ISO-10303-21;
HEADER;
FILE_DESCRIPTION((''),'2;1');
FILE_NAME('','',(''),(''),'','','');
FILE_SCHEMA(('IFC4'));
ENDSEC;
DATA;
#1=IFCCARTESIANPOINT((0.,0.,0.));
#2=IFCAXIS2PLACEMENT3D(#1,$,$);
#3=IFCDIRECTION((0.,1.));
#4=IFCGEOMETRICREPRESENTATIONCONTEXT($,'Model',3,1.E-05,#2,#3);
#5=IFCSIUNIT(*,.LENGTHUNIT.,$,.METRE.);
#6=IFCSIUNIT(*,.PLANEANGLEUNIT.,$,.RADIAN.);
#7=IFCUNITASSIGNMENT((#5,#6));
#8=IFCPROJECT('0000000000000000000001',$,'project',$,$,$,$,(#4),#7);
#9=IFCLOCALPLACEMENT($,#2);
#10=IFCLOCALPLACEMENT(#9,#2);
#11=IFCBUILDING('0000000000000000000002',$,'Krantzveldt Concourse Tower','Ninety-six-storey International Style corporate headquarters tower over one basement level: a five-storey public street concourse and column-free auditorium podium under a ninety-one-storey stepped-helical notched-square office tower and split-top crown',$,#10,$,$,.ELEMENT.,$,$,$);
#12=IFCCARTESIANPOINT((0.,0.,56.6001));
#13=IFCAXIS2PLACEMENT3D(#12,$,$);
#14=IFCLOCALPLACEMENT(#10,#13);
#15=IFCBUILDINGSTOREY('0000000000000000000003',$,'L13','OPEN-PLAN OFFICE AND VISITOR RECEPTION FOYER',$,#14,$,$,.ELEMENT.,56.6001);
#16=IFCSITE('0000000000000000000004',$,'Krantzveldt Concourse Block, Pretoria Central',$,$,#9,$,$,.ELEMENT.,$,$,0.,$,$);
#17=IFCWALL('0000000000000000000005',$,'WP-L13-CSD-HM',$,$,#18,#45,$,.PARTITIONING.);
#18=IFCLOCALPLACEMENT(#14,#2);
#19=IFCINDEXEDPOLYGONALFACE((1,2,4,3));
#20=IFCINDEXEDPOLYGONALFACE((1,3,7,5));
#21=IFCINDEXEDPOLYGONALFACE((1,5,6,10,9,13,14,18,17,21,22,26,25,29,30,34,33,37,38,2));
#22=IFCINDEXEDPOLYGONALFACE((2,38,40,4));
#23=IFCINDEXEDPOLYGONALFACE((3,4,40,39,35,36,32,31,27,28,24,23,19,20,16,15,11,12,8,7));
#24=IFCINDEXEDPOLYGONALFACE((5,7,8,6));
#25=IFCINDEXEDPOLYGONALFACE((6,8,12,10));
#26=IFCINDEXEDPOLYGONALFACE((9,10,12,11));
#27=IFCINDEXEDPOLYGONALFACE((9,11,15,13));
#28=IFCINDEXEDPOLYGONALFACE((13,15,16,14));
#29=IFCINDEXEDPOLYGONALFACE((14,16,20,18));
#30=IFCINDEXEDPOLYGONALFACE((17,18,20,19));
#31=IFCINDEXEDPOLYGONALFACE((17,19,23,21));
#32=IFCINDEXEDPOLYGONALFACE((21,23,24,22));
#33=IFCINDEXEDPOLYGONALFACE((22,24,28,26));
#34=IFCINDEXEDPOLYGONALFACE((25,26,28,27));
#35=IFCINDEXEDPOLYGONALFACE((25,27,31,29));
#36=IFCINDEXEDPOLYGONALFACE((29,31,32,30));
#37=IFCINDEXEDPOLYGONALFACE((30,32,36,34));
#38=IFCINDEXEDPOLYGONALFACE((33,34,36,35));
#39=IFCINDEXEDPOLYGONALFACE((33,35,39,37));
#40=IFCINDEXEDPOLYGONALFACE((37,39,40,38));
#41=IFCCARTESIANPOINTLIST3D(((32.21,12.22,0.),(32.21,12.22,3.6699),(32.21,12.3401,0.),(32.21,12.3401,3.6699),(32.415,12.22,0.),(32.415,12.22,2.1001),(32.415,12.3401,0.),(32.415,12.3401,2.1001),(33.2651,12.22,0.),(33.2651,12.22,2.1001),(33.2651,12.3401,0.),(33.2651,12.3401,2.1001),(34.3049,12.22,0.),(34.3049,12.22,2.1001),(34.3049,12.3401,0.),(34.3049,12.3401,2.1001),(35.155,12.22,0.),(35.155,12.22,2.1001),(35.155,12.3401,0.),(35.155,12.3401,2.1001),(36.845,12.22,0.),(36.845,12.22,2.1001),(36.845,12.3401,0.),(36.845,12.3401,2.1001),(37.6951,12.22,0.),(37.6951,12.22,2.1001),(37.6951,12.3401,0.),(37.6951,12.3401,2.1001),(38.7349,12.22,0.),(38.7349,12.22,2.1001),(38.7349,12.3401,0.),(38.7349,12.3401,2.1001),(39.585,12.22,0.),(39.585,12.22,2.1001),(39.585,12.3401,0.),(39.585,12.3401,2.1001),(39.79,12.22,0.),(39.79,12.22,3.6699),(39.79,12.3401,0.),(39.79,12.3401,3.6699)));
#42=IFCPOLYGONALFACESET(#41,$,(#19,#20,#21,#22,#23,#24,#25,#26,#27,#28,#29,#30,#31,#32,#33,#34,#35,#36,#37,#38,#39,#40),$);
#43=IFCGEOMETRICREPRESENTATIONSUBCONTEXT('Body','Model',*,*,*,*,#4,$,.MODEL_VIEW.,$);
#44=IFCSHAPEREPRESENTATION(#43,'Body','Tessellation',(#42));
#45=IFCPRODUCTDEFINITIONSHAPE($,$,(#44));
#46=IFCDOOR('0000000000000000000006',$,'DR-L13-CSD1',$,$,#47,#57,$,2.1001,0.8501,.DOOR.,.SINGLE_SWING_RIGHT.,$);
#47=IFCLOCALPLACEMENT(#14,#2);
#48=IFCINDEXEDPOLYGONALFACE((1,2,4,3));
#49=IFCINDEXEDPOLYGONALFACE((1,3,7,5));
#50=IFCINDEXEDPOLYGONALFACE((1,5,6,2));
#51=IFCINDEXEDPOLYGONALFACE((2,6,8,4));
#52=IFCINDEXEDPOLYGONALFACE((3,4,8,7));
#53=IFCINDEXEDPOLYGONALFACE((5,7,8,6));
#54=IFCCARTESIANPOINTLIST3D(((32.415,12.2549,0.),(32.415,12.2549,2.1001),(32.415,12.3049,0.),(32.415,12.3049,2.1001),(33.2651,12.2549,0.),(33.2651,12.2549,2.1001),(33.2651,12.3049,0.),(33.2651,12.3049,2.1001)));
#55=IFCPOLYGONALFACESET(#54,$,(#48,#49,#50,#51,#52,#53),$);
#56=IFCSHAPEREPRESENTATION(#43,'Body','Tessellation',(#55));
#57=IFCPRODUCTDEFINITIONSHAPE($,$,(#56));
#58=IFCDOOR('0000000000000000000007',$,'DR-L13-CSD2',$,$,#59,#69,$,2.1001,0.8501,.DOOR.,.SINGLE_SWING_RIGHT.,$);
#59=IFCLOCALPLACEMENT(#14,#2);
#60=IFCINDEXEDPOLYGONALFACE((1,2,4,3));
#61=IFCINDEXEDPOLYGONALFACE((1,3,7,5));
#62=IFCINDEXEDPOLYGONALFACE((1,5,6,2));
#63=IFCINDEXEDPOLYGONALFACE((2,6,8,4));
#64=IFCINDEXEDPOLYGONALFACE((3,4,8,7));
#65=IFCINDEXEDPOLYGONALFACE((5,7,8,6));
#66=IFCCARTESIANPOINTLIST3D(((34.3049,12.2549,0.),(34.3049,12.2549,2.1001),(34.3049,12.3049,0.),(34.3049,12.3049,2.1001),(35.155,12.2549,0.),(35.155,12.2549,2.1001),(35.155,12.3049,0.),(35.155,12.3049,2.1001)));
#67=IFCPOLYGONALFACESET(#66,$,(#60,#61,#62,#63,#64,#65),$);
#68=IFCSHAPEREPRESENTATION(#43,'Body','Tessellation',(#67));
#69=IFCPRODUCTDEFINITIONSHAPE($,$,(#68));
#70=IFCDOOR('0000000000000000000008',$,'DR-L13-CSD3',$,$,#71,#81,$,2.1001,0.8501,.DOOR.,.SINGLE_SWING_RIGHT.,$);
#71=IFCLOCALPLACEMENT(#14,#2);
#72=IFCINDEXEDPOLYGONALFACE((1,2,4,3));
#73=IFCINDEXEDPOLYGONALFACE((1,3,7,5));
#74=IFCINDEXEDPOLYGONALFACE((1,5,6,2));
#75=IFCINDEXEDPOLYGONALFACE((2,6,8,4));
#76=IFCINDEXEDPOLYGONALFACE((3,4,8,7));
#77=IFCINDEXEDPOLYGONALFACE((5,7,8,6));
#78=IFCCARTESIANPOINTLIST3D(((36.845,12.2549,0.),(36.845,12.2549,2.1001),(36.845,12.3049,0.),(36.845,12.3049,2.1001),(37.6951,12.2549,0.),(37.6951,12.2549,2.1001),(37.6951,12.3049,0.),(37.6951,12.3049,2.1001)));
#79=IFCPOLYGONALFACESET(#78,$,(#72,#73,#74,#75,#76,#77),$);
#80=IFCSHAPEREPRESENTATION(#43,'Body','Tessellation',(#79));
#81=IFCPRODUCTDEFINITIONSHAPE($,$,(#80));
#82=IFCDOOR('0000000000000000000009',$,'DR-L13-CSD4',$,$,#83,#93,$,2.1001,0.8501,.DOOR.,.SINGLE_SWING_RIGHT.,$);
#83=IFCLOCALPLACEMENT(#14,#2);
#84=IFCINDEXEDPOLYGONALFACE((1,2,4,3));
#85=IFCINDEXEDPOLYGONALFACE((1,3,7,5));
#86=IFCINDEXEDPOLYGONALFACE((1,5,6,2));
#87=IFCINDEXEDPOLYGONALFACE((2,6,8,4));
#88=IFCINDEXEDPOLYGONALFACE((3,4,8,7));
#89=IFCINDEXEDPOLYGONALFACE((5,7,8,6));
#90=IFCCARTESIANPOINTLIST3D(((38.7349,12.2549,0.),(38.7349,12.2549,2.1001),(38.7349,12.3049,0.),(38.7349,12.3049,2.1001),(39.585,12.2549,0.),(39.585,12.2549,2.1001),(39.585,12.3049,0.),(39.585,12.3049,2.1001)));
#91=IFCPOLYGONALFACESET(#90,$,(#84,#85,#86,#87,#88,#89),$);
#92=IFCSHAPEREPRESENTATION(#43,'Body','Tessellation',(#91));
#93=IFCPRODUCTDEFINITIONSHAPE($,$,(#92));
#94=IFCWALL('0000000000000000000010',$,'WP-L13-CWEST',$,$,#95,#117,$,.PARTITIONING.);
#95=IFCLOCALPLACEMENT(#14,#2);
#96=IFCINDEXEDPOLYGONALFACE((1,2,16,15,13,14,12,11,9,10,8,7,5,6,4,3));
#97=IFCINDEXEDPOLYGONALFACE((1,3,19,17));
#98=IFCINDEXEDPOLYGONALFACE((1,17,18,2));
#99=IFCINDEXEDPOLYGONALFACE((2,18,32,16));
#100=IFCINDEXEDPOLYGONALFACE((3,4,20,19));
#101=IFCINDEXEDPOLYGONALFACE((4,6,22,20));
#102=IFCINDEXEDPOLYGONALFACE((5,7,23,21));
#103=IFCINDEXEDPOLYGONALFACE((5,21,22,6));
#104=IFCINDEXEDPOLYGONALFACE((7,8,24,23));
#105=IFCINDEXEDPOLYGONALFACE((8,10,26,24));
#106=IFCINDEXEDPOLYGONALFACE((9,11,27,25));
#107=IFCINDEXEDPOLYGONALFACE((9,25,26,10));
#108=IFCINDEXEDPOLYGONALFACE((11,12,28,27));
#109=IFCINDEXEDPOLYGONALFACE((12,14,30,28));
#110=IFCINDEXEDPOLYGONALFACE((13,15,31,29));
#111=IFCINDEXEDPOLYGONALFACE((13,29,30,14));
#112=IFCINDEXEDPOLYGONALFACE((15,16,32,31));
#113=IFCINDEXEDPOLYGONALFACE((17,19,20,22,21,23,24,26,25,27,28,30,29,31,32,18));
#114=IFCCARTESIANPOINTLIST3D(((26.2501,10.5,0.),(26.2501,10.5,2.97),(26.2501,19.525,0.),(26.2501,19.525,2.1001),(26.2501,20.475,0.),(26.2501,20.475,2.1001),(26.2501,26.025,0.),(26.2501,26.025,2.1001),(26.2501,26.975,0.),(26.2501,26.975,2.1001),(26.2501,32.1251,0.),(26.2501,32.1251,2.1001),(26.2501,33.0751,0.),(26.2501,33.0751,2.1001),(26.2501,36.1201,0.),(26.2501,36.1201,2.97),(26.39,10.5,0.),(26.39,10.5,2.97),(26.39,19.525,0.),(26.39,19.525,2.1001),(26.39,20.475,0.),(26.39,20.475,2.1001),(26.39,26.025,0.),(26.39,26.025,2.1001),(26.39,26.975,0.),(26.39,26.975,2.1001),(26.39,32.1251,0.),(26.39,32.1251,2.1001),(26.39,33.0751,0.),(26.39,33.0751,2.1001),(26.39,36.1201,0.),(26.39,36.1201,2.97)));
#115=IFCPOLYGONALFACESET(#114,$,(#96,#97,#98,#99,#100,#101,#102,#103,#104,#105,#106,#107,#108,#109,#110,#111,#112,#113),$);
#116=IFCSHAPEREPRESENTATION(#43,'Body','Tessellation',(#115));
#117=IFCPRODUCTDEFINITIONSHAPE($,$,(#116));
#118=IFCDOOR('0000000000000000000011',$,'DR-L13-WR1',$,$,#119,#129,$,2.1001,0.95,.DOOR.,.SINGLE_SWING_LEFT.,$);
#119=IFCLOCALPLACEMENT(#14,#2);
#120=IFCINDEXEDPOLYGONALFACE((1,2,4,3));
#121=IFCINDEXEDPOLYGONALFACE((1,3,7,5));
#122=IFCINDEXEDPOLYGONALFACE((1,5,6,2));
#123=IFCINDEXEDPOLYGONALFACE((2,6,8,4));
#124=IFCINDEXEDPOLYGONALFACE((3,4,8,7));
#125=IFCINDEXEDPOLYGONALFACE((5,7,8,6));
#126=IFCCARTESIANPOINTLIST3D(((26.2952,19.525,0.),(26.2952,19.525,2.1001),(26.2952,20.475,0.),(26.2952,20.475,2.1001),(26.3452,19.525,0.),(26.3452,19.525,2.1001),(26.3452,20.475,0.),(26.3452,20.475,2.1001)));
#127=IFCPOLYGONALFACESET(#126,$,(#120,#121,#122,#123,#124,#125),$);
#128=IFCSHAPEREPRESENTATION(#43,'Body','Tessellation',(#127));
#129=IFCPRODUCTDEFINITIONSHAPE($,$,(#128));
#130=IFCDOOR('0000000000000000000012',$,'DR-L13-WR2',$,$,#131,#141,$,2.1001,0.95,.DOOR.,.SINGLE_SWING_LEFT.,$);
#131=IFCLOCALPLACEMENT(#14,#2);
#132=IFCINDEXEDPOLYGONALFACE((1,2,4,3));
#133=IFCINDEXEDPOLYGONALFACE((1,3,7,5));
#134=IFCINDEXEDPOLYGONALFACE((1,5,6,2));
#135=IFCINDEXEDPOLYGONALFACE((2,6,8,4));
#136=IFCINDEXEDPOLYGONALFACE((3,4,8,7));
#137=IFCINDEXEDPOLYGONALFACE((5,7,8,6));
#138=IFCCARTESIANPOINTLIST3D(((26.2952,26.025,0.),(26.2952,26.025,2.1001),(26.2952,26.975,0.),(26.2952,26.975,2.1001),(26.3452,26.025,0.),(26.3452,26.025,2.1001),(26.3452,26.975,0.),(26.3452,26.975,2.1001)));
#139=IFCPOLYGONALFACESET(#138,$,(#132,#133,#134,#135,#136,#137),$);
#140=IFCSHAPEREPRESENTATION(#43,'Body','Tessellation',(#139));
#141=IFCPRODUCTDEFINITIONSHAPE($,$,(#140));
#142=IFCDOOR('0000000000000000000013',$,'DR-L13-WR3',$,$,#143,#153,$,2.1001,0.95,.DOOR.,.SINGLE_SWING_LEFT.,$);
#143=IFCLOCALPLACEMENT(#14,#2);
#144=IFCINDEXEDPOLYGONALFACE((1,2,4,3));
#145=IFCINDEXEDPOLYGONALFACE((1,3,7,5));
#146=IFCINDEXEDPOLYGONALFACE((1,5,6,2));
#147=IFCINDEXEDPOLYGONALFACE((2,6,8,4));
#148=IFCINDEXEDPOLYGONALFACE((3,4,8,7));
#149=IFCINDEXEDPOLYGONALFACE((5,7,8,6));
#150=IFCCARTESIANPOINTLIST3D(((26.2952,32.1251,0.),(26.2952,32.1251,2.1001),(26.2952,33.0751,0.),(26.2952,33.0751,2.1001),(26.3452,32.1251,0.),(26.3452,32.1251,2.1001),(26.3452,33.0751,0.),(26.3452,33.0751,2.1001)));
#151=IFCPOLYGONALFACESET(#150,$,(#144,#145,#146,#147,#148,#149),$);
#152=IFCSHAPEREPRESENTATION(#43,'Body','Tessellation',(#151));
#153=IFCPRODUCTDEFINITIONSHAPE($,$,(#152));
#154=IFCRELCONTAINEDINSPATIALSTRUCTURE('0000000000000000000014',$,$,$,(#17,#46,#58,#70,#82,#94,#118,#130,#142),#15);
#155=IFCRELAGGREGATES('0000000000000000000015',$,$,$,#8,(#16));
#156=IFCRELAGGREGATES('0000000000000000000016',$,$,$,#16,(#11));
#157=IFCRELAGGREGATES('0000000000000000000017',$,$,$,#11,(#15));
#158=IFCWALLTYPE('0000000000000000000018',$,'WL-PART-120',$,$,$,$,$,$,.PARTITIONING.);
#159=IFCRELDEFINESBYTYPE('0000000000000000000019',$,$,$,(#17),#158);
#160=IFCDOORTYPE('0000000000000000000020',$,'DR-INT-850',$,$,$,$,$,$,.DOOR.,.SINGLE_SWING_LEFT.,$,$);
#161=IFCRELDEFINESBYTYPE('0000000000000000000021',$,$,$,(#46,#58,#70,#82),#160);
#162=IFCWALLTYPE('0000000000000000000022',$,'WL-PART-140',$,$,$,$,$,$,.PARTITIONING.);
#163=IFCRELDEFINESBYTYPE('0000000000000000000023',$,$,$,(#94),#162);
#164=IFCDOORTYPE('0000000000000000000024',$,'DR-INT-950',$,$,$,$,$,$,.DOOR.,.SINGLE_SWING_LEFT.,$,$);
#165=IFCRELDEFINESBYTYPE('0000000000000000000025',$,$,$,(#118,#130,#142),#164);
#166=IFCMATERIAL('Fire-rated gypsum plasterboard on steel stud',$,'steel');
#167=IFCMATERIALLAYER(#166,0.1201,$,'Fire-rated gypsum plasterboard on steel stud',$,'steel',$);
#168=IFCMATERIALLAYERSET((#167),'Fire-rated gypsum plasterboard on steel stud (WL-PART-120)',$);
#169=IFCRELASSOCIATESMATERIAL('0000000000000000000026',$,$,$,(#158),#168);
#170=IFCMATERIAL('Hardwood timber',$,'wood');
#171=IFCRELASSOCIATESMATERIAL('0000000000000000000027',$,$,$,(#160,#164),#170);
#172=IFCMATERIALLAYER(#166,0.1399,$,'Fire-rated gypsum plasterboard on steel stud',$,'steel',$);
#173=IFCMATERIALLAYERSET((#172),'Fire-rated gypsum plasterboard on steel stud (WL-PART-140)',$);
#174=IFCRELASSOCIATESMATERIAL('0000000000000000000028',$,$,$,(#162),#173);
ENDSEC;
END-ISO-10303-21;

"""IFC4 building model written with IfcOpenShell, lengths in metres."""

from ifc_helpers import new_model, si_unit, direction, frame, frame_2d, origin, place, context, subcontext, project, spatial, rectangle, extrude, material, layer, layer_set, type_object, element, fill, save


model = new_model("IFC4")

# Units and contexts
model_context = context("Model", 3, precision=1e-05, world=origin(), true_north=direction((0.0, 1.0)))
body_context = subcontext(model_context, "Body", "Model", "MODEL_VIEW")
ifc_project = project(units=[si_unit("LENGTHUNIT", "METRE"), si_unit("PLANEANGLEUNIT", "RADIAN")], contexts=[model_context])

# Site, building, storey
site_placement = place(None, origin())
site = spatial("IfcSite", under=ifc_project, at=site_placement, Name="Krantzveldt Concourse Block, Pretoria Central", CompositionType="ELEMENT", RefElevation=0.0)
building_placement = place(site_placement, origin())
building = spatial("IfcBuilding", under=site, at=building_placement, Name="Krantzveldt Concourse Tower", Description="Ninety-six-storey International Style corporate headquarters tower over one basement level: a five-storey public street concourse and column-free auditorium podium under a ninety-one-storey stepped-helical notched-square office tower and split-top crown", CompositionType="ELEMENT")
storey_placement = place(building_placement, frame((0.0, 0.0, 56.6001)))
storey = spatial("IfcBuildingStorey", under=building, at=storey_placement, Name="L13", Description="OPEN-PLAN OFFICE AND VISITOR RECEPTION FOYER", CompositionType="ELEMENT", Elevation=56.6001)

# Walls, openings, doors
ifc_material_1 = material(Name="Fire-rated gypsum plasterboard on steel stud", Category="steel")
ifc_layer_1 = layer(ifc_material_1, 0.1201, Name="Fire-rated gypsum plasterboard on steel stud", Category="steel")
ifc_layer_set_1 = layer_set([ifc_layer_1], Name="Fire-rated gypsum plasterboard on steel stud (WL-PART-120)")
wall_type_1 = type_object("IfcWallType", Name="WL-PART-120", PredefinedType="PARTITIONING", material=ifc_layer_set_1)
wall_1_placement = place(storey_placement, frame((32.21, 12.28, 0.0), z_axis=(0.0, 0.0, 1.0), x_axis=(1.0, 0.0, 0.0)))
wall_1 = element("IfcWall", 1, at=wall_1_placement, inside=storey, type_object=wall_type_1, Name="WP-L13-CSD-HM", PredefinedType="PARTITIONING", context=body_context, shape_type="SweptSolid", body=[
    extrude(rectangle(XDim=7.5801, YDim=0.1201, at=frame_2d((3.79, 0.0))), origin(), (0.0, 0.0, 1.0), 3.6699),
])
opening_1_placement = place(wall_1_placement, frame((0.2051, 0.0, 0.0)))
opening_1 = element("IfcOpeningElement", 2, at=opening_1_placement, cuts=wall_1, PredefinedType="OPENING", context=body_context, shape_type="SweptSolid", body=[
    extrude(rectangle(XDim=0.8501, YDim=2.1001, at=frame_2d((0.425, 1.05))), frame((0.0, 0.0701, 0.0), z_axis=(0.0, -1.0, 0.0), x_axis=(1.0, 0.0, 0.0)), (0.0, 0.0, 1.0), 0.1401),
])
opening_2_placement = place(wall_1_placement, frame((2.095, 0.0, 0.0)))
opening_2 = element("IfcOpeningElement", 3, at=opening_2_placement, cuts=wall_1, PredefinedType="OPENING", context=body_context, shape_type="SweptSolid", body=[
    extrude(rectangle(XDim=0.8501, YDim=2.1001, at=frame_2d((0.425, 1.05))), frame((0.0, 0.0701, 0.0), z_axis=(0.0, -1.0, 0.0), x_axis=(1.0, 0.0, 0.0)), (0.0, 0.0, 1.0), 0.1401),
])
opening_3_placement = place(wall_1_placement, frame((4.635, 0.0, 0.0)))
opening_3 = element("IfcOpeningElement", 4, at=opening_3_placement, cuts=wall_1, PredefinedType="OPENING", context=body_context, shape_type="SweptSolid", body=[
    extrude(rectangle(XDim=0.8501, YDim=2.1001, at=frame_2d((0.425, 1.05))), frame((0.0, 0.0701, 0.0), z_axis=(0.0, -1.0, 0.0), x_axis=(1.0, 0.0, 0.0)), (0.0, 0.0, 1.0), 0.1401),
])
opening_4_placement = place(wall_1_placement, frame((6.5249, 0.0, 0.0)))
opening_4 = element("IfcOpeningElement", 5, at=opening_4_placement, cuts=wall_1, PredefinedType="OPENING", context=body_context, shape_type="SweptSolid", body=[
    extrude(rectangle(XDim=0.8501, YDim=2.1001, at=frame_2d((0.425, 1.05))), frame((0.0, 0.0701, 0.0), z_axis=(0.0, -1.0, 0.0), x_axis=(1.0, 0.0, 0.0)), (0.0, 0.0, 1.0), 0.1401),
])
ifc_material_2 = material(Name="Hardwood timber", Category="wood")
door_type_1 = type_object("IfcDoorType", Name="DR-INT-850", OperationType="SINGLE_SWING_LEFT", PredefinedType="DOOR", material=ifc_material_2)
door_1_placement = place(opening_1_placement, origin())
door_1 = element("IfcDoor", 6, at=door_1_placement, inside=storey, type_object=door_type_1, Name="DR-L13-CSD1", OperationType="SINGLE_SWING_RIGHT", OverallHeight=2.1001, OverallWidth=0.8501, PredefinedType="DOOR", context=body_context, shape_type="SweptSolid", body=[
    extrude(rectangle(XDim=0.8501, YDim=2.1001, at=frame_2d((0.425, 1.05))), frame((0.0, 0.0249, 0.0), z_axis=(0.0, -1.0, 0.0), x_axis=(1.0, 0.0, 0.0)), (0.0, 0.0, 1.0), 0.05),
])
fill(opening_1, door_1)
door_2_placement = place(opening_2_placement, origin())
door_2 = element("IfcDoor", 7, at=door_2_placement, inside=storey, type_object=door_type_1, Name="DR-L13-CSD2", OperationType="SINGLE_SWING_RIGHT", OverallHeight=2.1001, OverallWidth=0.8501, PredefinedType="DOOR", context=body_context, shape_type="SweptSolid", body=[
    extrude(rectangle(XDim=0.8501, YDim=2.1001, at=frame_2d((0.425, 1.05))), frame((0.0, 0.0249, 0.0), z_axis=(0.0, -1.0, 0.0), x_axis=(1.0, 0.0, 0.0)), (0.0, 0.0, 1.0), 0.05),
])
fill(opening_2, door_2)
door_3_placement = place(opening_3_placement, origin())
door_3 = element("IfcDoor", 8, at=door_3_placement, inside=storey, type_object=door_type_1, Name="DR-L13-CSD3", OperationType="SINGLE_SWING_RIGHT", OverallHeight=2.1001, OverallWidth=0.8501, PredefinedType="DOOR", context=body_context, shape_type="SweptSolid", body=[
    extrude(rectangle(XDim=0.8501, YDim=2.1001, at=frame_2d((0.425, 1.05))), frame((0.0, 0.0249, 0.0), z_axis=(0.0, -1.0, 0.0), x_axis=(1.0, 0.0, 0.0)), (0.0, 0.0, 1.0), 0.05),
])
fill(opening_3, door_3)
door_4_placement = place(opening_4_placement, origin())
door_4 = element("IfcDoor", 9, at=door_4_placement, inside=storey, type_object=door_type_1, Name="DR-L13-CSD4", OperationType="SINGLE_SWING_RIGHT", OverallHeight=2.1001, OverallWidth=0.8501, PredefinedType="DOOR", context=body_context, shape_type="SweptSolid", body=[
    extrude(rectangle(XDim=0.8501, YDim=2.1001, at=frame_2d((0.425, 1.05))), frame((0.0, 0.0249, 0.0), z_axis=(0.0, -1.0, 0.0), x_axis=(1.0, 0.0, 0.0)), (0.0, 0.0, 1.0), 0.05),
])
fill(opening_4, door_4)
ifc_layer_2 = layer(ifc_material_1, 0.1399, Name="Fire-rated gypsum plasterboard on steel stud", Category="steel")
ifc_layer_set_2 = layer_set([ifc_layer_2], Name="Fire-rated gypsum plasterboard on steel stud (WL-PART-140)")
wall_type_2 = type_object("IfcWallType", Name="WL-PART-140", PredefinedType="PARTITIONING", material=ifc_layer_set_2)
wall_2_placement = place(storey_placement, frame((26.3201, 10.5, 0.0), z_axis=(0.0, 0.0, 1.0), x_axis=(0.0, 1.0, 0.0)))
wall_2 = element("IfcWall", 10, at=wall_2_placement, inside=storey, type_object=wall_type_2, Name="WP-L13-CWEST", PredefinedType="PARTITIONING", context=body_context, shape_type="SweptSolid", body=[
    extrude(rectangle(XDim=25.6201, YDim=0.1399, at=frame_2d((12.8101, 0.0))), origin(), (0.0, 0.0, 1.0), 2.97),
])
opening_5_placement = place(wall_2_placement, frame((9.0249, 0.0, 0.0)))
opening_5 = element("IfcOpeningElement", 11, at=opening_5_placement, cuts=wall_2, PredefinedType="OPENING", context=body_context, shape_type="SweptSolid", body=[
    extrude(rectangle(XDim=0.95, YDim=2.1001, at=frame_2d((0.4751, 1.05))), frame((0.0, 0.0801, 0.0), z_axis=(0.0, -1.0, 0.0), x_axis=(1.0, 0.0, 0.0)), (0.0, 0.0, 1.0), 0.1599),
])
opening_6_placement = place(wall_2_placement, frame((15.5249, 0.0, 0.0)))
opening_6 = element("IfcOpeningElement", 12, at=opening_6_placement, cuts=wall_2, PredefinedType="OPENING", context=body_context, shape_type="SweptSolid", body=[
    extrude(rectangle(XDim=0.95, YDim=2.1001, at=frame_2d((0.4751, 1.05))), frame((0.0, 0.0801, 0.0), z_axis=(0.0, -1.0, 0.0), x_axis=(1.0, 0.0, 0.0)), (0.0, 0.0, 1.0), 0.1599),
])
opening_7_placement = place(wall_2_placement, frame((21.625, 0.0, 0.0)))
opening_7 = element("IfcOpeningElement", 13, at=opening_7_placement, cuts=wall_2, PredefinedType="OPENING", context=body_context, shape_type="SweptSolid", body=[
    extrude(rectangle(XDim=0.95, YDim=2.1001, at=frame_2d((0.4751, 1.05))), frame((0.0, 0.0801, 0.0), z_axis=(0.0, -1.0, 0.0), x_axis=(1.0, 0.0, 0.0)), (0.0, 0.0, 1.0), 0.1599),
])
door_type_2 = type_object("IfcDoorType", Name="DR-INT-950", OperationType="SINGLE_SWING_LEFT", PredefinedType="DOOR", material=ifc_material_2)
door_5_placement = place(opening_5_placement, origin())
door_5 = element("IfcDoor", 14, at=door_5_placement, inside=storey, type_object=door_type_2, Name="DR-L13-WR1", OperationType="SINGLE_SWING_LEFT", OverallHeight=2.1001, OverallWidth=0.95, PredefinedType="DOOR", context=body_context, shape_type="SweptSolid", body=[
    extrude(rectangle(XDim=0.95, YDim=2.1001, at=frame_2d((0.4751, 1.05))), frame((0.0, 0.0249, 0.0), z_axis=(0.0, -1.0, 0.0), x_axis=(1.0, 0.0, 0.0)), (0.0, 0.0, 1.0), 0.05),
])
fill(opening_5, door_5)
door_6_placement = place(opening_6_placement, origin())
door_6 = element("IfcDoor", 15, at=door_6_placement, inside=storey, type_object=door_type_2, Name="DR-L13-WR2", OperationType="SINGLE_SWING_LEFT", OverallHeight=2.1001, OverallWidth=0.95, PredefinedType="DOOR", context=body_context, shape_type="SweptSolid", body=[
    extrude(rectangle(XDim=0.95, YDim=2.1001, at=frame_2d((0.4751, 1.05))), frame((0.0, 0.0249, 0.0), z_axis=(0.0, -1.0, 0.0), x_axis=(1.0, 0.0, 0.0)), (0.0, 0.0, 1.0), 0.05),
])
fill(opening_6, door_6)
door_7_placement = place(opening_7_placement, origin())
door_7 = element("IfcDoor", 16, at=door_7_placement, inside=storey, type_object=door_type_2, Name="DR-L13-WR3", OperationType="SINGLE_SWING_LEFT", OverallHeight=2.1001, OverallWidth=0.95, PredefinedType="DOOR", context=body_context, shape_type="SweptSolid", body=[
    extrude(rectangle(XDim=0.95, YDim=2.1001, at=frame_2d((0.4751, 1.05))), frame((0.0, 0.0249, 0.0), z_axis=(0.0, -1.0, 0.0), x_axis=(1.0, 0.0, 0.0)), (0.0, 0.0, 1.0), 0.05),
])
fill(opening_7, door_7)

save(model, "model.ifc")
